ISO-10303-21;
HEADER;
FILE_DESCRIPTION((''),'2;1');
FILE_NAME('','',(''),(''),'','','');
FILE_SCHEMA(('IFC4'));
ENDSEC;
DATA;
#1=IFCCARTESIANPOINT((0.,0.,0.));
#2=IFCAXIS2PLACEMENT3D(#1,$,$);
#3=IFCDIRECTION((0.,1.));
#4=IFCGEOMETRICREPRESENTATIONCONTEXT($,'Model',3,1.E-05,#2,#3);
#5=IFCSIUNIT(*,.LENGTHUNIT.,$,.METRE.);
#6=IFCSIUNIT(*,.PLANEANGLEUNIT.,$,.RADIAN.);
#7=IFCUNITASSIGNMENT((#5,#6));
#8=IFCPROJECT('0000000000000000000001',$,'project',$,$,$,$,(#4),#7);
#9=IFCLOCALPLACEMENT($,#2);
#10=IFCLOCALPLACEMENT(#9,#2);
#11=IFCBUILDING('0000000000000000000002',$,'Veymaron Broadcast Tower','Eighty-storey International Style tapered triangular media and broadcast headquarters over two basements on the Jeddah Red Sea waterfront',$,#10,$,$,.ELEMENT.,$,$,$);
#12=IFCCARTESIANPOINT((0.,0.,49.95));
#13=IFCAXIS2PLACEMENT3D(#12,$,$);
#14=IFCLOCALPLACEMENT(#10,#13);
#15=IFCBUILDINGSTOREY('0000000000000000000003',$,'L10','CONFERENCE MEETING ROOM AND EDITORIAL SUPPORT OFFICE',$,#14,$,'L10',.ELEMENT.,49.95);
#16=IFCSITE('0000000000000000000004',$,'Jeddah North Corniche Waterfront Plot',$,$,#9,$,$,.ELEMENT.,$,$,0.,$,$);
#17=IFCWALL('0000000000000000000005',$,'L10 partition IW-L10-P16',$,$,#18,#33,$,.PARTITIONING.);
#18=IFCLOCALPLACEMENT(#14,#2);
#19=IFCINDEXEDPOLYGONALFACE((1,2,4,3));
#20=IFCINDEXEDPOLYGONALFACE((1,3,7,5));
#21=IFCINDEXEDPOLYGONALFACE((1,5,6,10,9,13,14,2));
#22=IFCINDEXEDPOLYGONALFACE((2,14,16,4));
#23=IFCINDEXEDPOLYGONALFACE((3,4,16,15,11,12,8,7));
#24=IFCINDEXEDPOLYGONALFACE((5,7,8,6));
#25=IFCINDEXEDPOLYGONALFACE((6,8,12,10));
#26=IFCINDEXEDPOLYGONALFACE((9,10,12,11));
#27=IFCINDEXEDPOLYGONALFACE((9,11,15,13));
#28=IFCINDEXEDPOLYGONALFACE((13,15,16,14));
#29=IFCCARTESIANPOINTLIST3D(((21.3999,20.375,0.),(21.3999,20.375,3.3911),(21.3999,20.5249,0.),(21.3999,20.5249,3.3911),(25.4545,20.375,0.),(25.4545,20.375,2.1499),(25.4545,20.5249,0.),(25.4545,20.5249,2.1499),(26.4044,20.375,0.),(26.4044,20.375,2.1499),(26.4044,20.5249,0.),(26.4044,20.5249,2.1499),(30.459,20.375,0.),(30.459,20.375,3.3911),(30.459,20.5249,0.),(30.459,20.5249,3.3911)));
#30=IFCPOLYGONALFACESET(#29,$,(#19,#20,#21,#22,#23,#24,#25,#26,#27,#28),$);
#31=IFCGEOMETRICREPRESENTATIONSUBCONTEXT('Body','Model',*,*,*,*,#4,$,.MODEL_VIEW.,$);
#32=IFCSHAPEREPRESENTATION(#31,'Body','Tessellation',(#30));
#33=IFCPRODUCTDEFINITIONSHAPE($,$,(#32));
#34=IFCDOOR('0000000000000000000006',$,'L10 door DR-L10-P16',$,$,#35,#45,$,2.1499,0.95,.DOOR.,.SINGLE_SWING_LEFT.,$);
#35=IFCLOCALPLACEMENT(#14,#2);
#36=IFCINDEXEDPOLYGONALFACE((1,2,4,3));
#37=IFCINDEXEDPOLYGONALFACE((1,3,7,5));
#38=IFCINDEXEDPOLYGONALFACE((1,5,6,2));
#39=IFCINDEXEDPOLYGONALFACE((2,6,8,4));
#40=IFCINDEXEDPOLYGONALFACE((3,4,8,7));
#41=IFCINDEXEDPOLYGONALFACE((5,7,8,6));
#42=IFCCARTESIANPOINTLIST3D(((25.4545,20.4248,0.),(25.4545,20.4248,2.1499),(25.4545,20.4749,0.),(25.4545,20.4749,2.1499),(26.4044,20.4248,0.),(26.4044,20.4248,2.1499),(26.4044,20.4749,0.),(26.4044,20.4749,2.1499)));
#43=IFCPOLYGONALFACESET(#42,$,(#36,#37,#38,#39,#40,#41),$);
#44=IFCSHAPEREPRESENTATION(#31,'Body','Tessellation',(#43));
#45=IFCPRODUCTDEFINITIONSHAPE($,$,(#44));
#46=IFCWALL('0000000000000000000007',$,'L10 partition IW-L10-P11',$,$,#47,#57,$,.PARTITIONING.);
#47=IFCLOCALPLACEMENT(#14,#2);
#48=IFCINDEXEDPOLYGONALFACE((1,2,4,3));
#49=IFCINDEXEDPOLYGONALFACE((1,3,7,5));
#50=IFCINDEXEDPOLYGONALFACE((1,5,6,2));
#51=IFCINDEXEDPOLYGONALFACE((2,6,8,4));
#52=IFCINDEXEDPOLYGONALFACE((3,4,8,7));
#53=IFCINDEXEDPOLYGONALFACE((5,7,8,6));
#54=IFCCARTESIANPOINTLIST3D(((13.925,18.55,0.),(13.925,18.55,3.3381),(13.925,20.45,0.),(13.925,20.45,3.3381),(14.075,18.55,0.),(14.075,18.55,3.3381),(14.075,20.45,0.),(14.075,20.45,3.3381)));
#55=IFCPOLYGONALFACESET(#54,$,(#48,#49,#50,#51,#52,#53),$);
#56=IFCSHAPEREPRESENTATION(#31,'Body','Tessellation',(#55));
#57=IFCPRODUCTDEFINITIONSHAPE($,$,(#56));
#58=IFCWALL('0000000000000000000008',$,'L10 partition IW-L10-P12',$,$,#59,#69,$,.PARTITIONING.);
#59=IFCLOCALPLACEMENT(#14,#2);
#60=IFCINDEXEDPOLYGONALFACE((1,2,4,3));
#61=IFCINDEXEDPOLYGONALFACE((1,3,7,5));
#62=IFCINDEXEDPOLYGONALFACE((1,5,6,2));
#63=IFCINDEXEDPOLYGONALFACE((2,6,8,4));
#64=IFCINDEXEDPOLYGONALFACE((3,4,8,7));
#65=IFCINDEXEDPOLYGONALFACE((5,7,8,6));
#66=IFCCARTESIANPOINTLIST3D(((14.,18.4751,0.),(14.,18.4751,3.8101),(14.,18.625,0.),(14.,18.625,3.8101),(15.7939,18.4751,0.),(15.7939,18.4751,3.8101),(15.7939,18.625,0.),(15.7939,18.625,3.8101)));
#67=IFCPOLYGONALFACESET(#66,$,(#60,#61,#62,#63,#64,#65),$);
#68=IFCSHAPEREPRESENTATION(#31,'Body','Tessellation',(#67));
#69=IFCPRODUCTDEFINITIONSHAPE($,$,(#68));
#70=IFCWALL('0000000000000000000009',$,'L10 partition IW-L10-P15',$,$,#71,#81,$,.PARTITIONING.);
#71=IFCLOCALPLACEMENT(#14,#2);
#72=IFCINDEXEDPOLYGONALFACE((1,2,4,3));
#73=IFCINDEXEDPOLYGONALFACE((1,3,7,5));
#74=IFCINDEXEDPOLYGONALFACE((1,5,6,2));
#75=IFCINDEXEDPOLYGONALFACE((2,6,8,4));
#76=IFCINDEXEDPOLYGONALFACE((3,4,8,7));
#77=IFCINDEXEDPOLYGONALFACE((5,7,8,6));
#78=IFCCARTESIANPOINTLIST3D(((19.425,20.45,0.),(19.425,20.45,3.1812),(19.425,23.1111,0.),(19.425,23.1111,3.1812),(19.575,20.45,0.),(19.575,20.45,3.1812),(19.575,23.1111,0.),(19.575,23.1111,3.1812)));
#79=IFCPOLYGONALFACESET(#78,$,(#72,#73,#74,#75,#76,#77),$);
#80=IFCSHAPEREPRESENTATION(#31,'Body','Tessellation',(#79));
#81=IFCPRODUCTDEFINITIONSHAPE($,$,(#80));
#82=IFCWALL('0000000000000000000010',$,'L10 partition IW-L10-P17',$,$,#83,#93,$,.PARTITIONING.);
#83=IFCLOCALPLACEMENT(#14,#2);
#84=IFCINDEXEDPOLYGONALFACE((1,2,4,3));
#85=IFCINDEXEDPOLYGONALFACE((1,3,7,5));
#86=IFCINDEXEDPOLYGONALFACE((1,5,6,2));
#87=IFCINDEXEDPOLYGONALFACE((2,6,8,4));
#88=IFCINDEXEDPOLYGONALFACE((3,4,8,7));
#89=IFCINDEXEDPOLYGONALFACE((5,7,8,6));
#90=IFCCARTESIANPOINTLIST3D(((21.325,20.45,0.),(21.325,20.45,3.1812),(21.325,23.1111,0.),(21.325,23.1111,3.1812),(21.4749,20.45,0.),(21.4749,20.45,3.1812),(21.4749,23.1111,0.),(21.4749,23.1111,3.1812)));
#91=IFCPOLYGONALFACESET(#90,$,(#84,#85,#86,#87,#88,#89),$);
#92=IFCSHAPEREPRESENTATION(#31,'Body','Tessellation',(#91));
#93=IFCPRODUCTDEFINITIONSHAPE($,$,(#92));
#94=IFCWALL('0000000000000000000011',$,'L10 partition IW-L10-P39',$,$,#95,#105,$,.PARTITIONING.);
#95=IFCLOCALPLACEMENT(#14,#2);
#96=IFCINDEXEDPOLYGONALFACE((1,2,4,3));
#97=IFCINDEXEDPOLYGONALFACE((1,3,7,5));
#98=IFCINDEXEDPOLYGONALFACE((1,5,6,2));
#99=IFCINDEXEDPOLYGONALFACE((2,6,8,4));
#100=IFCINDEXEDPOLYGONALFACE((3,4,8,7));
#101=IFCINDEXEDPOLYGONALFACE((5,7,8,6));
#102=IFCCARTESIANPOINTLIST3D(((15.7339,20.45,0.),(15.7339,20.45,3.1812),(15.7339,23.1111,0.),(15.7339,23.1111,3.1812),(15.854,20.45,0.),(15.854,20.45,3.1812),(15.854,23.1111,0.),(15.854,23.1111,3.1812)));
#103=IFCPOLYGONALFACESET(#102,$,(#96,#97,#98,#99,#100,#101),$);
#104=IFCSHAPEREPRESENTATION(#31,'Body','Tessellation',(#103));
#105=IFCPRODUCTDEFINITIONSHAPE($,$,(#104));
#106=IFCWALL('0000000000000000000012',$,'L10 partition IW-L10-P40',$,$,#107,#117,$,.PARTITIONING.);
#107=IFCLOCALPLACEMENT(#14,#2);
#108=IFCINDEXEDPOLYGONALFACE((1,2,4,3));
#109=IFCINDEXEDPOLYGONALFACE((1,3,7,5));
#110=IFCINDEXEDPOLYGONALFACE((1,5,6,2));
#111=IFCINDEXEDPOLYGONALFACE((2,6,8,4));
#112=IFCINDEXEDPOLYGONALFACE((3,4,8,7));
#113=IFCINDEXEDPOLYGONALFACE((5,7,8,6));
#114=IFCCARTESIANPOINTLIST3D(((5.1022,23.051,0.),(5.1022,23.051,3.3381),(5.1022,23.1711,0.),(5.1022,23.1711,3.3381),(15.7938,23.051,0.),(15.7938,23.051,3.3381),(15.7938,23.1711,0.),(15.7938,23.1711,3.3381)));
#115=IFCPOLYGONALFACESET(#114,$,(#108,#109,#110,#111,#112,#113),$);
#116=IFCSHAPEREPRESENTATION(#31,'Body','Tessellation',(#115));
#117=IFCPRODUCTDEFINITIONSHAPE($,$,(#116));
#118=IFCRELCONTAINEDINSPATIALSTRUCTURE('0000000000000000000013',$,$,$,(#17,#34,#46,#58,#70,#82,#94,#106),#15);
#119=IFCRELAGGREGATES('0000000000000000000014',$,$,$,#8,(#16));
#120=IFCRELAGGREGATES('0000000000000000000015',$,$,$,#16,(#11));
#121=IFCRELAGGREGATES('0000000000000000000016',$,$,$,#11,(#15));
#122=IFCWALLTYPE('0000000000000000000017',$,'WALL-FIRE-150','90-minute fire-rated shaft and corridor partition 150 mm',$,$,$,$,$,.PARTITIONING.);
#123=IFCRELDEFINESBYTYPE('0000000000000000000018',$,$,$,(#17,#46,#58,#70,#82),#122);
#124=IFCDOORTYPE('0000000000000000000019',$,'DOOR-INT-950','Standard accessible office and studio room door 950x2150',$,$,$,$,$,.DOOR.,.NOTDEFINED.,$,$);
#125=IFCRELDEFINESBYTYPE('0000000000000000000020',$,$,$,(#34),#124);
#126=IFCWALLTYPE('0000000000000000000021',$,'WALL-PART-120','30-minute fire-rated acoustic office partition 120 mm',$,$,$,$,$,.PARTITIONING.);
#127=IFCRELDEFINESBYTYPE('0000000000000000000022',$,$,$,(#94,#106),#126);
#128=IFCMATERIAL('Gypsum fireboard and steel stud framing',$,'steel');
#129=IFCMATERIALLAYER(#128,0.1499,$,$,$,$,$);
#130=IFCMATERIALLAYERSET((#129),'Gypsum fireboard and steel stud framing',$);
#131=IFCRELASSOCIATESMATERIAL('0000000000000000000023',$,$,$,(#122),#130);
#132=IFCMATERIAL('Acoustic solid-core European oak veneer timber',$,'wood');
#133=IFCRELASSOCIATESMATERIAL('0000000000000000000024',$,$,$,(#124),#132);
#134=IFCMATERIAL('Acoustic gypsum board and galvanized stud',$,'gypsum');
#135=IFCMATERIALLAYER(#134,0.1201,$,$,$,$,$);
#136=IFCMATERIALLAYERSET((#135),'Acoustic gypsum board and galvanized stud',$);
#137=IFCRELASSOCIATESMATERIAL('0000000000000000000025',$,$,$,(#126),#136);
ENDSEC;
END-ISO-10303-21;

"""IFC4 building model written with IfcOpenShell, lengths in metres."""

from ifc_helpers import new_model, si_unit, direction, frame, frame_2d, origin, place, context, subcontext, project, spatial, rectangle, extrude, material, layer, layer_set, type_object, element, fill, save


model = new_model("IFC4")

# Units and contexts
model_context = context("Model", 3, precision=1e-05, world=origin(), true_north=direction((0.0, 1.0)))
body_context = subcontext(model_context, "Body", "Model", "MODEL_VIEW")
ifc_project = project(units=[si_unit("LENGTHUNIT", "METRE"), si_unit("PLANEANGLEUNIT", "RADIAN")], contexts=[model_context])

# Site, building, storey
site_placement = place(None, origin())
site = spatial("IfcSite", under=ifc_project, at=site_placement, Name="Jeddah North Corniche Waterfront Plot", CompositionType="ELEMENT", RefElevation=0.0)
building_placement = place(site_placement, origin())
building = spatial("IfcBuilding", under=site, at=building_placement, Name="Veymaron Broadcast Tower", Description="Eighty-storey International Style tapered triangular media and broadcast headquarters over two basements on the Jeddah Red Sea waterfront", CompositionType="ELEMENT")
storey_placement = place(building_placement, frame((0.0, 0.0, 49.95)))
storey = spatial("IfcBuildingStorey", under=building, at=storey_placement, Name="L10", Description="CONFERENCE MEETING ROOM AND EDITORIAL SUPPORT OFFICE", LongName="L10", CompositionType="ELEMENT", Elevation=49.95)

# Wall, opening, door
ifc_material_1 = material(Name="Gypsum fireboard and steel stud framing", Category="steel")
ifc_layer_1 = layer(ifc_material_1, 0.1499)
ifc_layer_set_1 = layer_set([ifc_layer_1], Name="Gypsum fireboard and steel stud framing")
wall_type_1 = type_object("IfcWallType", Name="WALL-FIRE-150", Description="90-minute fire-rated shaft and corridor partition 150 mm", PredefinedType="PARTITIONING", material=ifc_layer_set_1)
ifc_material_2 = material(Name="Acoustic solid-core European oak veneer timber", Category="wood")
door_type = type_object("IfcDoorType", Name="DOOR-INT-950", Description="Standard accessible office and studio room door 950x2150", OperationType="NOTDEFINED", PredefinedType="DOOR", material=ifc_material_2)
wall_1_placement = place(storey_placement, frame((21.3999, 20.45, 0.0), z_axis=(0.0, 0.0, 1.0), x_axis=(1.0, 0.0, 0.0)))
wall_1 = element("IfcWall", 1, at=wall_1_placement, inside=storey, type_object=wall_type_1, Name="L10 partition IW-L10-P16", PredefinedType="PARTITIONING", context=body_context, shape_type="SweptSolid", body=[
    extrude(rectangle(XDim=9.0591, YDim=0.1499, at=frame_2d((4.5295, 0.0))), origin(), (0.0, 0.0, 1.0), 3.3911),
])
opening_1_placement = place(wall_1_placement, frame((4.0544, 0.0, 0.0)))
opening_1 = element("IfcOpeningElement", 2, at=opening_1_placement, cuts=wall_1, PredefinedType="OPENING", context=body_context, shape_type="SweptSolid", body=[
    extrude(rectangle(XDim=0.95, YDim=2.1499, at=frame_2d((0.4751, 1.075))), frame((0.0, 0.085, 0.0), z_axis=(0.0, -1.0, 0.0), x_axis=(1.0, 0.0, 0.0)), (0.0, 0.0, 1.0), 0.1699),
])
door_1_placement = place(opening_1_placement, origin())
door_1 = element("IfcDoor", 3, at=door_1_placement, inside=storey, type_object=door_type, Name="L10 door DR-L10-P16", OperationType="SINGLE_SWING_LEFT", OverallHeight=2.1499, OverallWidth=0.95, PredefinedType="DOOR", context=body_context, shape_type="SweptSolid", body=[
    extrude(rectangle(XDim=0.95, YDim=2.1499, at=frame_2d((0.4751, 1.075))), frame((0.0, 0.0249, 0.0), z_axis=(0.0, -1.0, 0.0), x_axis=(1.0, 0.0, 0.0)), (0.0, 0.0, 1.0), 0.05),
])
fill(opening_1, door_1)

# Walls
wall_2_placement = place(storey_placement, frame((14.0, 18.55, 0.0), z_axis=(0.0, 0.0, 1.0), x_axis=(0.0, 1.0, 0.0)))
element("IfcWall", 4, at=wall_2_placement, inside=storey, type_object=wall_type_1, Name="L10 partition IW-L10-P11", PredefinedType="PARTITIONING", context=body_context, shape_type="SweptSolid", body=[
    extrude(rectangle(XDim=1.8999, YDim=0.1499, at=frame_2d((0.95, 0.0))), origin(), (0.0, 0.0, 1.0), 3.3381),
])
wall_3_placement = place(storey_placement, frame((14.0, 18.55, 0.0), z_axis=(0.0, 0.0, 1.0), x_axis=(1.0, 0.0, 0.0)))
element("IfcWall", 5, at=wall_3_placement, inside=storey, type_object=wall_type_1, Name="L10 partition IW-L10-P12", PredefinedType="PARTITIONING", context=body_context, shape_type="SweptSolid", body=[
    extrude(rectangle(XDim=1.7939, YDim=0.1499, at=frame_2d((0.897, 0.0))), origin(), (0.0, 0.0, 1.0), 3.8101),
])
for number, where, z_axis, x_axis, name in (
    (6, (19.5, 20.45, 0.0), (0.0, 0.0, 1.0), (0.0, 1.0, 0.0), "L10 partition IW-L10-P15"),
    (7, (21.3999, 20.45, 0.0), (0.0, 0.0, 1.0), (0.0, 1.0, 0.0), "L10 partition IW-L10-P17"),
):
    element("IfcWall", number, at=place(storey_placement, frame(where, z_axis=z_axis, x_axis=x_axis)), inside=storey, type_object=wall_type_1, Name=name, PredefinedType="PARTITIONING", context=body_context, shape_type="SweptSolid", body=[
        extrude(rectangle(XDim=2.6611, YDim=0.1499, at=frame_2d((1.3306, 0.0))), origin(), (0.0, 0.0, 1.0), 3.1812),
    ])
ifc_material_3 = material(Name="Acoustic gypsum board and galvanized stud", Category="gypsum")
ifc_layer_2 = layer(ifc_material_3, 0.1201)
ifc_layer_set_2 = layer_set([ifc_layer_2], Name="Acoustic gypsum board and galvanized stud")
wall_type_2 = type_object("IfcWallType", Name="WALL-PART-120", Description="30-minute fire-rated acoustic office partition 120 mm", PredefinedType="PARTITIONING", material=ifc_layer_set_2)
wall_4_placement = place(storey_placement, frame((15.7939, 20.45, 0.0), z_axis=(0.0, 0.0, 1.0), x_axis=(0.0, 1.0, 0.0)))
element("IfcWall", 8, at=wall_4_placement, inside=storey, type_object=wall_type_2, Name="L10 partition IW-L10-P39", PredefinedType="PARTITIONING", context=body_context, shape_type="SweptSolid", body=[
    extrude(rectangle(XDim=2.6611, YDim=0.1201, at=frame_2d((1.3306, 0.0))), origin(), (0.0, 0.0, 1.0), 3.1812),
])
wall_5_placement = place(storey_placement, frame((5.1023, 23.1111, 0.0), z_axis=(0.0, 0.0, 1.0), x_axis=(1.0, 0.0, 0.0)))
element("IfcWall", 9, at=wall_5_placement, inside=storey, type_object=wall_type_2, Name="L10 partition IW-L10-P40", PredefinedType="PARTITIONING", context=body_context, shape_type="SweptSolid", body=[
    extrude(rectangle(XDim=10.6917, YDim=0.1201, at=frame_2d((5.3457, 0.0))), origin(), (0.0, 0.0, 1.0), 3.3381),
])

save(model, "model.ifc")
